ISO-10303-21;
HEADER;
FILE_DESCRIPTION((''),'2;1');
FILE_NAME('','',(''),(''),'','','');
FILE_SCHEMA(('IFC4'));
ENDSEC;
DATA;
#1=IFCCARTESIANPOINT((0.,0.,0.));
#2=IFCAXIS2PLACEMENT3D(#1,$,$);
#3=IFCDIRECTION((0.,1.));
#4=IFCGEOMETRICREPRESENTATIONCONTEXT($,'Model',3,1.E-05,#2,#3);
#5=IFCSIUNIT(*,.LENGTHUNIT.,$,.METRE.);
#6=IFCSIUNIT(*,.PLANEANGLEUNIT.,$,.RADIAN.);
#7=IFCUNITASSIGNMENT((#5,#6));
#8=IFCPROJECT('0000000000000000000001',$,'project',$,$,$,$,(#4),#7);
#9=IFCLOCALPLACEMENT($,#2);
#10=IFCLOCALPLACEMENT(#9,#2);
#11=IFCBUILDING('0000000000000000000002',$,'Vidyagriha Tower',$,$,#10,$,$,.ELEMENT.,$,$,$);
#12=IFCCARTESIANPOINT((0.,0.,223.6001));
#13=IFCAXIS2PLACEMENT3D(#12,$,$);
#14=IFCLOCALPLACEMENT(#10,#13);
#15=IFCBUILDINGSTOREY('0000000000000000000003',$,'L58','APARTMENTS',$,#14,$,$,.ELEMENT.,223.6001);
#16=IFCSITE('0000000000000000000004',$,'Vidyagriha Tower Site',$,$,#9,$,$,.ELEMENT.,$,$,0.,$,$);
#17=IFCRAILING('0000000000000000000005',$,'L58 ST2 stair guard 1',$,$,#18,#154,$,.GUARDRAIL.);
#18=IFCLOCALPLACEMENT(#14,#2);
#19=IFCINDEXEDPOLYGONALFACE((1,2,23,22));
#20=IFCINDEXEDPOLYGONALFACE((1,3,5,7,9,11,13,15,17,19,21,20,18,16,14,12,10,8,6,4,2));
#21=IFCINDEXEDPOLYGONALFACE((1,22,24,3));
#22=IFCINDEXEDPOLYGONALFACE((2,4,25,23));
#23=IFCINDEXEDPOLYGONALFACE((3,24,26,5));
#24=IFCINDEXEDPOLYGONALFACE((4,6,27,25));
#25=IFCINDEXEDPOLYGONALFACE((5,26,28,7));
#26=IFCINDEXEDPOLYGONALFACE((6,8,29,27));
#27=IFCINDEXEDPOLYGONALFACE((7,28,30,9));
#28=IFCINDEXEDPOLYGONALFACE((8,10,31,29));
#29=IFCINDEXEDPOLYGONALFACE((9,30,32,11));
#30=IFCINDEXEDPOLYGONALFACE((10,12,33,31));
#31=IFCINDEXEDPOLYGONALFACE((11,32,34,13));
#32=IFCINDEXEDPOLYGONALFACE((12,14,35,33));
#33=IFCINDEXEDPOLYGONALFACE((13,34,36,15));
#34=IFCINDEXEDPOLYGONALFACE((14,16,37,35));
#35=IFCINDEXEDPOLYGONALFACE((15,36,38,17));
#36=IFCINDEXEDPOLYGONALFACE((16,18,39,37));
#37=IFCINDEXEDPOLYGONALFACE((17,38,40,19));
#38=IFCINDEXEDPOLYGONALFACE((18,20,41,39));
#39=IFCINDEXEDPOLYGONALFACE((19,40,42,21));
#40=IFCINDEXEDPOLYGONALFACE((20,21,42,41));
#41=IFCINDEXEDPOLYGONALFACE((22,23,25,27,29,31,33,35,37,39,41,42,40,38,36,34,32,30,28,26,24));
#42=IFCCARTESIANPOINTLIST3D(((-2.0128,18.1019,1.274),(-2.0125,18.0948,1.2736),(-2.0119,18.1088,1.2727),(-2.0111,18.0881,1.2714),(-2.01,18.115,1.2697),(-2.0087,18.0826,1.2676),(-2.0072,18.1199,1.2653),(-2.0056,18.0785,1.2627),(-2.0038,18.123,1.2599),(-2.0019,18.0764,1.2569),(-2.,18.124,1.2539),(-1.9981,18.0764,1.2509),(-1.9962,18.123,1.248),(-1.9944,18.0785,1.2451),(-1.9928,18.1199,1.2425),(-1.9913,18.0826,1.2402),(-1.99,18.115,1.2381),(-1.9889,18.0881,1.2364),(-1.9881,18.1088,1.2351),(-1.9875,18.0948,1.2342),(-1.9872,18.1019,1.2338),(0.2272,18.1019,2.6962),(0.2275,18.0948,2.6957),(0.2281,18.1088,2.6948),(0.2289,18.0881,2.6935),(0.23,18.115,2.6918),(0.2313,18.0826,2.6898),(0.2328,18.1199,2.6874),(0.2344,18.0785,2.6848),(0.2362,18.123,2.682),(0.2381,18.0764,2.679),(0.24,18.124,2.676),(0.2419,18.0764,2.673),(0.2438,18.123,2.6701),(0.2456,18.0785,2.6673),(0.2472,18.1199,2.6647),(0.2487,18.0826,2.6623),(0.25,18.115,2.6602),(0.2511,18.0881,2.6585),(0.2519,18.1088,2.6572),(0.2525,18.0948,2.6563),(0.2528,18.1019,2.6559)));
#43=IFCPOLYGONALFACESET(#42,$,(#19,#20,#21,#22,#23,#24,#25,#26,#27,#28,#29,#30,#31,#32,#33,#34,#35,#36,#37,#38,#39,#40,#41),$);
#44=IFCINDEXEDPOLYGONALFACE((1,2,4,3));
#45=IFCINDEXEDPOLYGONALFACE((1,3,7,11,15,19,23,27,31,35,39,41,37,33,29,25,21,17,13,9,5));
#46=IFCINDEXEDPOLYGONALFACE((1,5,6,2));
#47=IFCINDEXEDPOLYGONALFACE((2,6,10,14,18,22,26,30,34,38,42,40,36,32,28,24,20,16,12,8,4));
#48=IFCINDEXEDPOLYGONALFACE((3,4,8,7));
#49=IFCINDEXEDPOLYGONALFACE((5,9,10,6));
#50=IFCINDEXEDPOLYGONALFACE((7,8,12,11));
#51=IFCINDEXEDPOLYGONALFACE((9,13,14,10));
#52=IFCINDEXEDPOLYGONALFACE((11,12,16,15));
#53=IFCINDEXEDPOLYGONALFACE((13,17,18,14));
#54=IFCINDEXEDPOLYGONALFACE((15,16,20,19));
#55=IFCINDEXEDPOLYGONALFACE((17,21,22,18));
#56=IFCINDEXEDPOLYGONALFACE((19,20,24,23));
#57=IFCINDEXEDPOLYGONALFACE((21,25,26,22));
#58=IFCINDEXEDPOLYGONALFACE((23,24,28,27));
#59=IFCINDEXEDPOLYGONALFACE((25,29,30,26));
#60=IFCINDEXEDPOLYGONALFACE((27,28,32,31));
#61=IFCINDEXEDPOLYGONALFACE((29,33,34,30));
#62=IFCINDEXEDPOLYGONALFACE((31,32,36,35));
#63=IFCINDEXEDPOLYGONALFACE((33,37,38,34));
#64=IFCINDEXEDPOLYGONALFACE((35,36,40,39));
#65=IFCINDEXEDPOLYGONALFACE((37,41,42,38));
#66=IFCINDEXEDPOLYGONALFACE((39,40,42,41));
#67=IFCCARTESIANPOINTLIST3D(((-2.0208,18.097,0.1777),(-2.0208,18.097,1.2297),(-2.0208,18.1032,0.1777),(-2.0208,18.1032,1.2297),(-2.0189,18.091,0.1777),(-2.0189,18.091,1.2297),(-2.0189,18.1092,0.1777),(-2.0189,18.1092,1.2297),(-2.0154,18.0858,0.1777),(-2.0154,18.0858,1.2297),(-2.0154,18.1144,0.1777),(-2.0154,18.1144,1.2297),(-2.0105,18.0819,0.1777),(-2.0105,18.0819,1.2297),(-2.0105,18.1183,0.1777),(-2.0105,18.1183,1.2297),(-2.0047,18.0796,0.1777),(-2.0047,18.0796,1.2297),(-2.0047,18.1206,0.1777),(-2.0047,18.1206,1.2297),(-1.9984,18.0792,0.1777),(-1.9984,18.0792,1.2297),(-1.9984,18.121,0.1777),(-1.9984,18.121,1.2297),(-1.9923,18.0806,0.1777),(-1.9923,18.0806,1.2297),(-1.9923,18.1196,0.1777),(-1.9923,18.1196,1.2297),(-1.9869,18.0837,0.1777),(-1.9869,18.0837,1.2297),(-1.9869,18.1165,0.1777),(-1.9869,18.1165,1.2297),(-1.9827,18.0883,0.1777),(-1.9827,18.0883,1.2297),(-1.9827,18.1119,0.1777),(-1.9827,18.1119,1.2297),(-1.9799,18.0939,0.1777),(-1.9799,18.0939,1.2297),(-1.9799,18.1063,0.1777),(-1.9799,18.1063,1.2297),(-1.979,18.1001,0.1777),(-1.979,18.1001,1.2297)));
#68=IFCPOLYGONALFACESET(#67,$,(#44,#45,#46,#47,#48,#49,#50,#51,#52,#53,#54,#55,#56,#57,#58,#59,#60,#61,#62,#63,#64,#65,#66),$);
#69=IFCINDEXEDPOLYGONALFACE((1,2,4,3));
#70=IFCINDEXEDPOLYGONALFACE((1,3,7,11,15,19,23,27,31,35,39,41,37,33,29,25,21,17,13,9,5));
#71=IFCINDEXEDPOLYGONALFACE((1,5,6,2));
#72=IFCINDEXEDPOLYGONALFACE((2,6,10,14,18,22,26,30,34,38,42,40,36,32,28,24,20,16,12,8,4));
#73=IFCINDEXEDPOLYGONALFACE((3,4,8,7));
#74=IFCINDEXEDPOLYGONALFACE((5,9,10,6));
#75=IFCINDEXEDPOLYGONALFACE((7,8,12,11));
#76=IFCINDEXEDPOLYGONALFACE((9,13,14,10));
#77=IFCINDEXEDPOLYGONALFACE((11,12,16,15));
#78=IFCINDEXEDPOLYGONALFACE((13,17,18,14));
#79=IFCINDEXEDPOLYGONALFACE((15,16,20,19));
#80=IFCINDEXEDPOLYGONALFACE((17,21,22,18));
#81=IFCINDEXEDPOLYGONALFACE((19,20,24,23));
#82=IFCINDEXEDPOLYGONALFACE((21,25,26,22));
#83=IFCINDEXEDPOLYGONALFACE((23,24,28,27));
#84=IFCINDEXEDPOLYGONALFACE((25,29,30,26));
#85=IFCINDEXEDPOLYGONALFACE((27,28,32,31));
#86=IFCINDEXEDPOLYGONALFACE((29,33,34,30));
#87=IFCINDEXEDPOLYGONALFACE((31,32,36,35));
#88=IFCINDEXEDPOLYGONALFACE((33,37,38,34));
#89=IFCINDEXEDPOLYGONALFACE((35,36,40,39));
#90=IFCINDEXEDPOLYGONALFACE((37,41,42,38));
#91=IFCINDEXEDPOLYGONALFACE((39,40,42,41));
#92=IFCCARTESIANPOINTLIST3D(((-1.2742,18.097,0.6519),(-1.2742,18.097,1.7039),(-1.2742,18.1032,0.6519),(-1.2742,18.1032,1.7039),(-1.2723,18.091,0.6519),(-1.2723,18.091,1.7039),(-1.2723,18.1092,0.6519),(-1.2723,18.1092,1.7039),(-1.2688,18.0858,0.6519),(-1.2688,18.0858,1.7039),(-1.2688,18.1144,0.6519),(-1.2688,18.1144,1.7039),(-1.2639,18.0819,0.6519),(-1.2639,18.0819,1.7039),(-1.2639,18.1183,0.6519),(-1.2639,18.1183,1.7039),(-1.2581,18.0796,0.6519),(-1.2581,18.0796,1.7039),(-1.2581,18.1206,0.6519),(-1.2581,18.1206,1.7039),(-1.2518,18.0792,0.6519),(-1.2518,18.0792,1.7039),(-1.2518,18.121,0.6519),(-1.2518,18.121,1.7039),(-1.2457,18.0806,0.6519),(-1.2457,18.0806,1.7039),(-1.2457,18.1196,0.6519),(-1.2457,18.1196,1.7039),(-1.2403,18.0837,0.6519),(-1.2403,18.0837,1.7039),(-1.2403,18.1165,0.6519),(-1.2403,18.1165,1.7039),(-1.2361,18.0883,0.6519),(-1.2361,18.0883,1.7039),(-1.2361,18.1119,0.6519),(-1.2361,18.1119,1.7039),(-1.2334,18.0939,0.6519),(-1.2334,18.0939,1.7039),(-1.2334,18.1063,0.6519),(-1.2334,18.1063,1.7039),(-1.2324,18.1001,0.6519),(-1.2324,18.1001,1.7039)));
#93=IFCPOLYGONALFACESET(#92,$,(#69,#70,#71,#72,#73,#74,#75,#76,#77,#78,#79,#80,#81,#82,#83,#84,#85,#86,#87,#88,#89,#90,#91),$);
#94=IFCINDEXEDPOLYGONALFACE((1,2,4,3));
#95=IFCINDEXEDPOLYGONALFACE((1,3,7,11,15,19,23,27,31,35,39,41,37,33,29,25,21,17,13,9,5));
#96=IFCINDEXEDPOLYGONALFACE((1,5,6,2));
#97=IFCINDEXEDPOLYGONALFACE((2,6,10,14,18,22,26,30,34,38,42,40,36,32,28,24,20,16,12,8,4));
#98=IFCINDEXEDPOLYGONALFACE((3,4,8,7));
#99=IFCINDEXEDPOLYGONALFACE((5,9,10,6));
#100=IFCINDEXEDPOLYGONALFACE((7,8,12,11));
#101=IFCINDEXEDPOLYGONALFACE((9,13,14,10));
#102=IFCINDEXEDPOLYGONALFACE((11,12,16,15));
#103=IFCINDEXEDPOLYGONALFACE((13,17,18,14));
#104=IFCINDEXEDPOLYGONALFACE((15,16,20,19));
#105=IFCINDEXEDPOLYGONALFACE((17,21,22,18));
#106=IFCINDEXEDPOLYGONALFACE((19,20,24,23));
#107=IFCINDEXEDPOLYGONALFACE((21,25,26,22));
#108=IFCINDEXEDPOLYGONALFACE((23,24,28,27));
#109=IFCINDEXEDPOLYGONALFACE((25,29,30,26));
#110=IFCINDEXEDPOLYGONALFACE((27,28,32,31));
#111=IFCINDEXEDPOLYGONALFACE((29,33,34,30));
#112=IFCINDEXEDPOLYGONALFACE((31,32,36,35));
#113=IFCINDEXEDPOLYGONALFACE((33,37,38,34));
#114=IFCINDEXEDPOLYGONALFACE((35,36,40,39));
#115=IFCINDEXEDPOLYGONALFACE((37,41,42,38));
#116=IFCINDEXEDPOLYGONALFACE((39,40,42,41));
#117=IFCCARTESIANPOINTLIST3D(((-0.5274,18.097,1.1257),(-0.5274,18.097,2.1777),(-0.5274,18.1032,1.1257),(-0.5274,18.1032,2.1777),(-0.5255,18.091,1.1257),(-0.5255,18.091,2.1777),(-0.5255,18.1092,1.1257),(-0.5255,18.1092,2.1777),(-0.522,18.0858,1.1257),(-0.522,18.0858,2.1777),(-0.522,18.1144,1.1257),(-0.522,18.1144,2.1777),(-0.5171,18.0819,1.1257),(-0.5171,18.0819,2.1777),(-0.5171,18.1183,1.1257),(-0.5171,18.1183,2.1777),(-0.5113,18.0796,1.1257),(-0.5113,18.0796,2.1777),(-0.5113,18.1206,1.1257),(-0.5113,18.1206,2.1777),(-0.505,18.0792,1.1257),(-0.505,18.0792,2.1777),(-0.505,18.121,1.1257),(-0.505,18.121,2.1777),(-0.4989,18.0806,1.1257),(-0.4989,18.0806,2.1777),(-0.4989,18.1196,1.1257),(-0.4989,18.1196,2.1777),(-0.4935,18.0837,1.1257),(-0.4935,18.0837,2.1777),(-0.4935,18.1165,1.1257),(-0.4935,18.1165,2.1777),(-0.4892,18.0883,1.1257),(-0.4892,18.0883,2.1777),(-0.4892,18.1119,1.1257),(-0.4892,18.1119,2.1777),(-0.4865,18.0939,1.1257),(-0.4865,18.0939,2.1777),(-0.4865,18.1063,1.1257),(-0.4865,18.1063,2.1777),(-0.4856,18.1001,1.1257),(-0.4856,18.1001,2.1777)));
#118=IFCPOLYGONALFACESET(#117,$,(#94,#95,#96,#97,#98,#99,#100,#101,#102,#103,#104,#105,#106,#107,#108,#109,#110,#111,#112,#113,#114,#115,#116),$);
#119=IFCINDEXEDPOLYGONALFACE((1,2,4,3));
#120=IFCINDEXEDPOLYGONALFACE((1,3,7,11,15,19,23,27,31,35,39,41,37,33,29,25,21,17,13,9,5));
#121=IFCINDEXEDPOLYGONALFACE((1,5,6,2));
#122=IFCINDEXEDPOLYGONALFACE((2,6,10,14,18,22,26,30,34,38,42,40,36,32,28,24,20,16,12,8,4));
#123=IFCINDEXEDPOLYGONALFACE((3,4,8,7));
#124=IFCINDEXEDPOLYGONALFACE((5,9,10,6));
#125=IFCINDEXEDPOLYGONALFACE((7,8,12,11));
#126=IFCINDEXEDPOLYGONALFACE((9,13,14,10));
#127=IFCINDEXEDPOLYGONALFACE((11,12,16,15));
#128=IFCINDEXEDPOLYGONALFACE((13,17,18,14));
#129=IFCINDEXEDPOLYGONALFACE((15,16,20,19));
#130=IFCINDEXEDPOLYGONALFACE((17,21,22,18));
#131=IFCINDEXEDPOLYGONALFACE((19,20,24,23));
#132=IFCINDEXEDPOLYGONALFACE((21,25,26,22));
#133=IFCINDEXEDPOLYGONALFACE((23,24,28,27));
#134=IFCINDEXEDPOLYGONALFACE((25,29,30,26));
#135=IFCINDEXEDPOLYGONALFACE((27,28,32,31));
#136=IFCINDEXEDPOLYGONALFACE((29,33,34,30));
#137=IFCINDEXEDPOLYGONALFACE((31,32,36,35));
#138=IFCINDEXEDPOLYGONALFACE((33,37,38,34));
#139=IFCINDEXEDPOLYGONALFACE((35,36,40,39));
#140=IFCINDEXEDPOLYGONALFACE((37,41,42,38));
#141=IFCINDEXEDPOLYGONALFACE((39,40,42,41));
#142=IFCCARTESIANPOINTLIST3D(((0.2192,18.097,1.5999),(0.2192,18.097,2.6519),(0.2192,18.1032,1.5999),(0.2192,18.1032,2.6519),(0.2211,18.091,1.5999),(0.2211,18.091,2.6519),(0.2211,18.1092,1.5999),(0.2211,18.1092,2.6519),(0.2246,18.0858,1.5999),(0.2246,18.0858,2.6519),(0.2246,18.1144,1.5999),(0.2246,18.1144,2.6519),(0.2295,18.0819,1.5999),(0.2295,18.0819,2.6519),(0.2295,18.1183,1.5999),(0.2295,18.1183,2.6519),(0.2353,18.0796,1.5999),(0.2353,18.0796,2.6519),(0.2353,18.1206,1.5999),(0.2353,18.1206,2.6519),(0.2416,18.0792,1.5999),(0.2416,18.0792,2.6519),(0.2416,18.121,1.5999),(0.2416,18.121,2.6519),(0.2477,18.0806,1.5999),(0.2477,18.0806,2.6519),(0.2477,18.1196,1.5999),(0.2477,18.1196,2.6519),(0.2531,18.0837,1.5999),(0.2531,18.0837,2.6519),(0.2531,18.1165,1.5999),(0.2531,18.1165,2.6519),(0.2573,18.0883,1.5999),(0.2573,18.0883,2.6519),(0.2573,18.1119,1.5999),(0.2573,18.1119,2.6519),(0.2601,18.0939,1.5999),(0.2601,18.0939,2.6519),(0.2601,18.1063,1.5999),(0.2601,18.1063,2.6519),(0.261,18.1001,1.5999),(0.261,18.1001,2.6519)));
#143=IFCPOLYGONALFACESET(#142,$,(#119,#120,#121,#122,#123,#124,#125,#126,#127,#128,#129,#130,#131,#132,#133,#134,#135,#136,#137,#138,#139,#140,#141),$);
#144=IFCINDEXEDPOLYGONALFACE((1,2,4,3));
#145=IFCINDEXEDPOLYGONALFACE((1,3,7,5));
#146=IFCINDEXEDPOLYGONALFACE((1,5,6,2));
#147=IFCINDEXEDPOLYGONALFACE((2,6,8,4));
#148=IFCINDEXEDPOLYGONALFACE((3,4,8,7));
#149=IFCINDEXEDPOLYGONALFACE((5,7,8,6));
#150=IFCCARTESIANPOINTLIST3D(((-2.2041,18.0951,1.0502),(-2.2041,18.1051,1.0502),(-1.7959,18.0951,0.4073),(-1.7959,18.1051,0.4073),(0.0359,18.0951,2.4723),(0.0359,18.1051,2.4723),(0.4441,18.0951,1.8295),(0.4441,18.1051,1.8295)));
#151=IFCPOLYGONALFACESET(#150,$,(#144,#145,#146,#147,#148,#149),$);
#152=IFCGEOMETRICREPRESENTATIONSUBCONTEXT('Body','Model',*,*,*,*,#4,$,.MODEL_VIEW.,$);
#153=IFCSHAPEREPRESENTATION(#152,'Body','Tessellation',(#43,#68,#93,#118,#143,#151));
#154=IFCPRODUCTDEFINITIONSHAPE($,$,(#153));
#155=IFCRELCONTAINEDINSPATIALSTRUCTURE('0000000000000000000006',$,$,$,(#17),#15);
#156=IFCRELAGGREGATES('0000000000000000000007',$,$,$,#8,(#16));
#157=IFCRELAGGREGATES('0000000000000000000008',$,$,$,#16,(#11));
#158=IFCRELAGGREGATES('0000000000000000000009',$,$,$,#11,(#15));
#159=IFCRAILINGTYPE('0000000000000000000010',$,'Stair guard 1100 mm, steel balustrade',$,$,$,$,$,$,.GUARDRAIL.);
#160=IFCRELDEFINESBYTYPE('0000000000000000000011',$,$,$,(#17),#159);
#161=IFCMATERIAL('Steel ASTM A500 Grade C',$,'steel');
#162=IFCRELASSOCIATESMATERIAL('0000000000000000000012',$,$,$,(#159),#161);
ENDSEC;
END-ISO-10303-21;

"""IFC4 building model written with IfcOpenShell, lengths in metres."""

from ifc_helpers import new_model, si_unit, direction, frame, origin, origin_2d, place, context, subcontext, project, spatial, rectangle, circle, extrude, material, type_object, element, save


model = new_model("IFC4")

# Units and contexts
model_context = context("Model", 3, precision=1e-05, world=origin(), true_north=direction((0.0, 1.0)))
body_context = subcontext(model_context, "Body", "Model", "MODEL_VIEW")
ifc_project = project(units=[si_unit("LENGTHUNIT", "METRE"), si_unit("PLANEANGLEUNIT", "RADIAN")], contexts=[model_context])

# Site, building, storey
site_placement = place(None, origin())
site = spatial("IfcSite", under=ifc_project, at=site_placement, Name="Vidyagriha Tower Site", CompositionType="ELEMENT", RefElevation=0.0)
building_placement = place(site_placement, origin())
building = spatial("IfcBuilding", under=site, at=building_placement, Name="Vidyagriha Tower", CompositionType="ELEMENT")
storey_placement = place(building_placement, frame((0.0, 0.0, 223.6001)))
storey = spatial("IfcBuildingStorey", under=building, at=storey_placement, Name="L58", Description="APARTMENTS", CompositionType="ELEMENT", Elevation=223.6001)

# Railing
ifc_material_1 = material(Name="Steel ASTM A500 Grade C", Category="steel")
railing_type_1 = type_object("IfcRailingType", Name="Stair guard 1100 mm, steel balustrade", PredefinedType="GUARDRAIL", material=ifc_material_1)
railing_1_placement = place(storey_placement, frame((-2.0, 18.1001, 0.1777)))
element("IfcRailing", 1, at=railing_1_placement, inside=storey, type_object=railing_type_1, Name="L58 ST2 stair guard 1", PredefinedType="GUARDRAIL", context=body_context, shape_type="SweptSolid", body=[
    extrude(circle(Radius=0.0239, at=origin_2d()), frame((0.0, 0.0, 1.0762), z_axis=(0.844229, 0.0, 0.535982), x_axis=(0.0, 1.0, 0.0)), (0.0, 0.0, 1.0), 2.6533),
    extrude(circle(Radius=0.021, at=origin_2d()), origin(), (0.0, 0.0, 1.0), 1.052),
    extrude(circle(Radius=0.021, at=origin_2d()), frame((0.7466, 0.0, 0.4741)), (0.0, 0.0, 1.0), 1.052),
    extrude(circle(Radius=0.021, at=origin_2d()), frame((1.4934, 0.0, 0.948)), (0.0, 0.0, 1.0), 1.052),
    extrude(circle(Radius=0.021, at=origin_2d()), frame((2.24, 0.0, 1.4221)), (0.0, 0.0, 1.0), 1.052),
    extrude(rectangle(XDim=0.01, YDim=0.7615, at=origin_2d()), frame((0.0, 0.0, 0.551), z_axis=(0.844229, 0.0, 0.535982), x_axis=(0.0, 1.0, 0.0)), (0.0, 0.0, 1.0), 2.6533),
])

save(model, "model.ifc")
